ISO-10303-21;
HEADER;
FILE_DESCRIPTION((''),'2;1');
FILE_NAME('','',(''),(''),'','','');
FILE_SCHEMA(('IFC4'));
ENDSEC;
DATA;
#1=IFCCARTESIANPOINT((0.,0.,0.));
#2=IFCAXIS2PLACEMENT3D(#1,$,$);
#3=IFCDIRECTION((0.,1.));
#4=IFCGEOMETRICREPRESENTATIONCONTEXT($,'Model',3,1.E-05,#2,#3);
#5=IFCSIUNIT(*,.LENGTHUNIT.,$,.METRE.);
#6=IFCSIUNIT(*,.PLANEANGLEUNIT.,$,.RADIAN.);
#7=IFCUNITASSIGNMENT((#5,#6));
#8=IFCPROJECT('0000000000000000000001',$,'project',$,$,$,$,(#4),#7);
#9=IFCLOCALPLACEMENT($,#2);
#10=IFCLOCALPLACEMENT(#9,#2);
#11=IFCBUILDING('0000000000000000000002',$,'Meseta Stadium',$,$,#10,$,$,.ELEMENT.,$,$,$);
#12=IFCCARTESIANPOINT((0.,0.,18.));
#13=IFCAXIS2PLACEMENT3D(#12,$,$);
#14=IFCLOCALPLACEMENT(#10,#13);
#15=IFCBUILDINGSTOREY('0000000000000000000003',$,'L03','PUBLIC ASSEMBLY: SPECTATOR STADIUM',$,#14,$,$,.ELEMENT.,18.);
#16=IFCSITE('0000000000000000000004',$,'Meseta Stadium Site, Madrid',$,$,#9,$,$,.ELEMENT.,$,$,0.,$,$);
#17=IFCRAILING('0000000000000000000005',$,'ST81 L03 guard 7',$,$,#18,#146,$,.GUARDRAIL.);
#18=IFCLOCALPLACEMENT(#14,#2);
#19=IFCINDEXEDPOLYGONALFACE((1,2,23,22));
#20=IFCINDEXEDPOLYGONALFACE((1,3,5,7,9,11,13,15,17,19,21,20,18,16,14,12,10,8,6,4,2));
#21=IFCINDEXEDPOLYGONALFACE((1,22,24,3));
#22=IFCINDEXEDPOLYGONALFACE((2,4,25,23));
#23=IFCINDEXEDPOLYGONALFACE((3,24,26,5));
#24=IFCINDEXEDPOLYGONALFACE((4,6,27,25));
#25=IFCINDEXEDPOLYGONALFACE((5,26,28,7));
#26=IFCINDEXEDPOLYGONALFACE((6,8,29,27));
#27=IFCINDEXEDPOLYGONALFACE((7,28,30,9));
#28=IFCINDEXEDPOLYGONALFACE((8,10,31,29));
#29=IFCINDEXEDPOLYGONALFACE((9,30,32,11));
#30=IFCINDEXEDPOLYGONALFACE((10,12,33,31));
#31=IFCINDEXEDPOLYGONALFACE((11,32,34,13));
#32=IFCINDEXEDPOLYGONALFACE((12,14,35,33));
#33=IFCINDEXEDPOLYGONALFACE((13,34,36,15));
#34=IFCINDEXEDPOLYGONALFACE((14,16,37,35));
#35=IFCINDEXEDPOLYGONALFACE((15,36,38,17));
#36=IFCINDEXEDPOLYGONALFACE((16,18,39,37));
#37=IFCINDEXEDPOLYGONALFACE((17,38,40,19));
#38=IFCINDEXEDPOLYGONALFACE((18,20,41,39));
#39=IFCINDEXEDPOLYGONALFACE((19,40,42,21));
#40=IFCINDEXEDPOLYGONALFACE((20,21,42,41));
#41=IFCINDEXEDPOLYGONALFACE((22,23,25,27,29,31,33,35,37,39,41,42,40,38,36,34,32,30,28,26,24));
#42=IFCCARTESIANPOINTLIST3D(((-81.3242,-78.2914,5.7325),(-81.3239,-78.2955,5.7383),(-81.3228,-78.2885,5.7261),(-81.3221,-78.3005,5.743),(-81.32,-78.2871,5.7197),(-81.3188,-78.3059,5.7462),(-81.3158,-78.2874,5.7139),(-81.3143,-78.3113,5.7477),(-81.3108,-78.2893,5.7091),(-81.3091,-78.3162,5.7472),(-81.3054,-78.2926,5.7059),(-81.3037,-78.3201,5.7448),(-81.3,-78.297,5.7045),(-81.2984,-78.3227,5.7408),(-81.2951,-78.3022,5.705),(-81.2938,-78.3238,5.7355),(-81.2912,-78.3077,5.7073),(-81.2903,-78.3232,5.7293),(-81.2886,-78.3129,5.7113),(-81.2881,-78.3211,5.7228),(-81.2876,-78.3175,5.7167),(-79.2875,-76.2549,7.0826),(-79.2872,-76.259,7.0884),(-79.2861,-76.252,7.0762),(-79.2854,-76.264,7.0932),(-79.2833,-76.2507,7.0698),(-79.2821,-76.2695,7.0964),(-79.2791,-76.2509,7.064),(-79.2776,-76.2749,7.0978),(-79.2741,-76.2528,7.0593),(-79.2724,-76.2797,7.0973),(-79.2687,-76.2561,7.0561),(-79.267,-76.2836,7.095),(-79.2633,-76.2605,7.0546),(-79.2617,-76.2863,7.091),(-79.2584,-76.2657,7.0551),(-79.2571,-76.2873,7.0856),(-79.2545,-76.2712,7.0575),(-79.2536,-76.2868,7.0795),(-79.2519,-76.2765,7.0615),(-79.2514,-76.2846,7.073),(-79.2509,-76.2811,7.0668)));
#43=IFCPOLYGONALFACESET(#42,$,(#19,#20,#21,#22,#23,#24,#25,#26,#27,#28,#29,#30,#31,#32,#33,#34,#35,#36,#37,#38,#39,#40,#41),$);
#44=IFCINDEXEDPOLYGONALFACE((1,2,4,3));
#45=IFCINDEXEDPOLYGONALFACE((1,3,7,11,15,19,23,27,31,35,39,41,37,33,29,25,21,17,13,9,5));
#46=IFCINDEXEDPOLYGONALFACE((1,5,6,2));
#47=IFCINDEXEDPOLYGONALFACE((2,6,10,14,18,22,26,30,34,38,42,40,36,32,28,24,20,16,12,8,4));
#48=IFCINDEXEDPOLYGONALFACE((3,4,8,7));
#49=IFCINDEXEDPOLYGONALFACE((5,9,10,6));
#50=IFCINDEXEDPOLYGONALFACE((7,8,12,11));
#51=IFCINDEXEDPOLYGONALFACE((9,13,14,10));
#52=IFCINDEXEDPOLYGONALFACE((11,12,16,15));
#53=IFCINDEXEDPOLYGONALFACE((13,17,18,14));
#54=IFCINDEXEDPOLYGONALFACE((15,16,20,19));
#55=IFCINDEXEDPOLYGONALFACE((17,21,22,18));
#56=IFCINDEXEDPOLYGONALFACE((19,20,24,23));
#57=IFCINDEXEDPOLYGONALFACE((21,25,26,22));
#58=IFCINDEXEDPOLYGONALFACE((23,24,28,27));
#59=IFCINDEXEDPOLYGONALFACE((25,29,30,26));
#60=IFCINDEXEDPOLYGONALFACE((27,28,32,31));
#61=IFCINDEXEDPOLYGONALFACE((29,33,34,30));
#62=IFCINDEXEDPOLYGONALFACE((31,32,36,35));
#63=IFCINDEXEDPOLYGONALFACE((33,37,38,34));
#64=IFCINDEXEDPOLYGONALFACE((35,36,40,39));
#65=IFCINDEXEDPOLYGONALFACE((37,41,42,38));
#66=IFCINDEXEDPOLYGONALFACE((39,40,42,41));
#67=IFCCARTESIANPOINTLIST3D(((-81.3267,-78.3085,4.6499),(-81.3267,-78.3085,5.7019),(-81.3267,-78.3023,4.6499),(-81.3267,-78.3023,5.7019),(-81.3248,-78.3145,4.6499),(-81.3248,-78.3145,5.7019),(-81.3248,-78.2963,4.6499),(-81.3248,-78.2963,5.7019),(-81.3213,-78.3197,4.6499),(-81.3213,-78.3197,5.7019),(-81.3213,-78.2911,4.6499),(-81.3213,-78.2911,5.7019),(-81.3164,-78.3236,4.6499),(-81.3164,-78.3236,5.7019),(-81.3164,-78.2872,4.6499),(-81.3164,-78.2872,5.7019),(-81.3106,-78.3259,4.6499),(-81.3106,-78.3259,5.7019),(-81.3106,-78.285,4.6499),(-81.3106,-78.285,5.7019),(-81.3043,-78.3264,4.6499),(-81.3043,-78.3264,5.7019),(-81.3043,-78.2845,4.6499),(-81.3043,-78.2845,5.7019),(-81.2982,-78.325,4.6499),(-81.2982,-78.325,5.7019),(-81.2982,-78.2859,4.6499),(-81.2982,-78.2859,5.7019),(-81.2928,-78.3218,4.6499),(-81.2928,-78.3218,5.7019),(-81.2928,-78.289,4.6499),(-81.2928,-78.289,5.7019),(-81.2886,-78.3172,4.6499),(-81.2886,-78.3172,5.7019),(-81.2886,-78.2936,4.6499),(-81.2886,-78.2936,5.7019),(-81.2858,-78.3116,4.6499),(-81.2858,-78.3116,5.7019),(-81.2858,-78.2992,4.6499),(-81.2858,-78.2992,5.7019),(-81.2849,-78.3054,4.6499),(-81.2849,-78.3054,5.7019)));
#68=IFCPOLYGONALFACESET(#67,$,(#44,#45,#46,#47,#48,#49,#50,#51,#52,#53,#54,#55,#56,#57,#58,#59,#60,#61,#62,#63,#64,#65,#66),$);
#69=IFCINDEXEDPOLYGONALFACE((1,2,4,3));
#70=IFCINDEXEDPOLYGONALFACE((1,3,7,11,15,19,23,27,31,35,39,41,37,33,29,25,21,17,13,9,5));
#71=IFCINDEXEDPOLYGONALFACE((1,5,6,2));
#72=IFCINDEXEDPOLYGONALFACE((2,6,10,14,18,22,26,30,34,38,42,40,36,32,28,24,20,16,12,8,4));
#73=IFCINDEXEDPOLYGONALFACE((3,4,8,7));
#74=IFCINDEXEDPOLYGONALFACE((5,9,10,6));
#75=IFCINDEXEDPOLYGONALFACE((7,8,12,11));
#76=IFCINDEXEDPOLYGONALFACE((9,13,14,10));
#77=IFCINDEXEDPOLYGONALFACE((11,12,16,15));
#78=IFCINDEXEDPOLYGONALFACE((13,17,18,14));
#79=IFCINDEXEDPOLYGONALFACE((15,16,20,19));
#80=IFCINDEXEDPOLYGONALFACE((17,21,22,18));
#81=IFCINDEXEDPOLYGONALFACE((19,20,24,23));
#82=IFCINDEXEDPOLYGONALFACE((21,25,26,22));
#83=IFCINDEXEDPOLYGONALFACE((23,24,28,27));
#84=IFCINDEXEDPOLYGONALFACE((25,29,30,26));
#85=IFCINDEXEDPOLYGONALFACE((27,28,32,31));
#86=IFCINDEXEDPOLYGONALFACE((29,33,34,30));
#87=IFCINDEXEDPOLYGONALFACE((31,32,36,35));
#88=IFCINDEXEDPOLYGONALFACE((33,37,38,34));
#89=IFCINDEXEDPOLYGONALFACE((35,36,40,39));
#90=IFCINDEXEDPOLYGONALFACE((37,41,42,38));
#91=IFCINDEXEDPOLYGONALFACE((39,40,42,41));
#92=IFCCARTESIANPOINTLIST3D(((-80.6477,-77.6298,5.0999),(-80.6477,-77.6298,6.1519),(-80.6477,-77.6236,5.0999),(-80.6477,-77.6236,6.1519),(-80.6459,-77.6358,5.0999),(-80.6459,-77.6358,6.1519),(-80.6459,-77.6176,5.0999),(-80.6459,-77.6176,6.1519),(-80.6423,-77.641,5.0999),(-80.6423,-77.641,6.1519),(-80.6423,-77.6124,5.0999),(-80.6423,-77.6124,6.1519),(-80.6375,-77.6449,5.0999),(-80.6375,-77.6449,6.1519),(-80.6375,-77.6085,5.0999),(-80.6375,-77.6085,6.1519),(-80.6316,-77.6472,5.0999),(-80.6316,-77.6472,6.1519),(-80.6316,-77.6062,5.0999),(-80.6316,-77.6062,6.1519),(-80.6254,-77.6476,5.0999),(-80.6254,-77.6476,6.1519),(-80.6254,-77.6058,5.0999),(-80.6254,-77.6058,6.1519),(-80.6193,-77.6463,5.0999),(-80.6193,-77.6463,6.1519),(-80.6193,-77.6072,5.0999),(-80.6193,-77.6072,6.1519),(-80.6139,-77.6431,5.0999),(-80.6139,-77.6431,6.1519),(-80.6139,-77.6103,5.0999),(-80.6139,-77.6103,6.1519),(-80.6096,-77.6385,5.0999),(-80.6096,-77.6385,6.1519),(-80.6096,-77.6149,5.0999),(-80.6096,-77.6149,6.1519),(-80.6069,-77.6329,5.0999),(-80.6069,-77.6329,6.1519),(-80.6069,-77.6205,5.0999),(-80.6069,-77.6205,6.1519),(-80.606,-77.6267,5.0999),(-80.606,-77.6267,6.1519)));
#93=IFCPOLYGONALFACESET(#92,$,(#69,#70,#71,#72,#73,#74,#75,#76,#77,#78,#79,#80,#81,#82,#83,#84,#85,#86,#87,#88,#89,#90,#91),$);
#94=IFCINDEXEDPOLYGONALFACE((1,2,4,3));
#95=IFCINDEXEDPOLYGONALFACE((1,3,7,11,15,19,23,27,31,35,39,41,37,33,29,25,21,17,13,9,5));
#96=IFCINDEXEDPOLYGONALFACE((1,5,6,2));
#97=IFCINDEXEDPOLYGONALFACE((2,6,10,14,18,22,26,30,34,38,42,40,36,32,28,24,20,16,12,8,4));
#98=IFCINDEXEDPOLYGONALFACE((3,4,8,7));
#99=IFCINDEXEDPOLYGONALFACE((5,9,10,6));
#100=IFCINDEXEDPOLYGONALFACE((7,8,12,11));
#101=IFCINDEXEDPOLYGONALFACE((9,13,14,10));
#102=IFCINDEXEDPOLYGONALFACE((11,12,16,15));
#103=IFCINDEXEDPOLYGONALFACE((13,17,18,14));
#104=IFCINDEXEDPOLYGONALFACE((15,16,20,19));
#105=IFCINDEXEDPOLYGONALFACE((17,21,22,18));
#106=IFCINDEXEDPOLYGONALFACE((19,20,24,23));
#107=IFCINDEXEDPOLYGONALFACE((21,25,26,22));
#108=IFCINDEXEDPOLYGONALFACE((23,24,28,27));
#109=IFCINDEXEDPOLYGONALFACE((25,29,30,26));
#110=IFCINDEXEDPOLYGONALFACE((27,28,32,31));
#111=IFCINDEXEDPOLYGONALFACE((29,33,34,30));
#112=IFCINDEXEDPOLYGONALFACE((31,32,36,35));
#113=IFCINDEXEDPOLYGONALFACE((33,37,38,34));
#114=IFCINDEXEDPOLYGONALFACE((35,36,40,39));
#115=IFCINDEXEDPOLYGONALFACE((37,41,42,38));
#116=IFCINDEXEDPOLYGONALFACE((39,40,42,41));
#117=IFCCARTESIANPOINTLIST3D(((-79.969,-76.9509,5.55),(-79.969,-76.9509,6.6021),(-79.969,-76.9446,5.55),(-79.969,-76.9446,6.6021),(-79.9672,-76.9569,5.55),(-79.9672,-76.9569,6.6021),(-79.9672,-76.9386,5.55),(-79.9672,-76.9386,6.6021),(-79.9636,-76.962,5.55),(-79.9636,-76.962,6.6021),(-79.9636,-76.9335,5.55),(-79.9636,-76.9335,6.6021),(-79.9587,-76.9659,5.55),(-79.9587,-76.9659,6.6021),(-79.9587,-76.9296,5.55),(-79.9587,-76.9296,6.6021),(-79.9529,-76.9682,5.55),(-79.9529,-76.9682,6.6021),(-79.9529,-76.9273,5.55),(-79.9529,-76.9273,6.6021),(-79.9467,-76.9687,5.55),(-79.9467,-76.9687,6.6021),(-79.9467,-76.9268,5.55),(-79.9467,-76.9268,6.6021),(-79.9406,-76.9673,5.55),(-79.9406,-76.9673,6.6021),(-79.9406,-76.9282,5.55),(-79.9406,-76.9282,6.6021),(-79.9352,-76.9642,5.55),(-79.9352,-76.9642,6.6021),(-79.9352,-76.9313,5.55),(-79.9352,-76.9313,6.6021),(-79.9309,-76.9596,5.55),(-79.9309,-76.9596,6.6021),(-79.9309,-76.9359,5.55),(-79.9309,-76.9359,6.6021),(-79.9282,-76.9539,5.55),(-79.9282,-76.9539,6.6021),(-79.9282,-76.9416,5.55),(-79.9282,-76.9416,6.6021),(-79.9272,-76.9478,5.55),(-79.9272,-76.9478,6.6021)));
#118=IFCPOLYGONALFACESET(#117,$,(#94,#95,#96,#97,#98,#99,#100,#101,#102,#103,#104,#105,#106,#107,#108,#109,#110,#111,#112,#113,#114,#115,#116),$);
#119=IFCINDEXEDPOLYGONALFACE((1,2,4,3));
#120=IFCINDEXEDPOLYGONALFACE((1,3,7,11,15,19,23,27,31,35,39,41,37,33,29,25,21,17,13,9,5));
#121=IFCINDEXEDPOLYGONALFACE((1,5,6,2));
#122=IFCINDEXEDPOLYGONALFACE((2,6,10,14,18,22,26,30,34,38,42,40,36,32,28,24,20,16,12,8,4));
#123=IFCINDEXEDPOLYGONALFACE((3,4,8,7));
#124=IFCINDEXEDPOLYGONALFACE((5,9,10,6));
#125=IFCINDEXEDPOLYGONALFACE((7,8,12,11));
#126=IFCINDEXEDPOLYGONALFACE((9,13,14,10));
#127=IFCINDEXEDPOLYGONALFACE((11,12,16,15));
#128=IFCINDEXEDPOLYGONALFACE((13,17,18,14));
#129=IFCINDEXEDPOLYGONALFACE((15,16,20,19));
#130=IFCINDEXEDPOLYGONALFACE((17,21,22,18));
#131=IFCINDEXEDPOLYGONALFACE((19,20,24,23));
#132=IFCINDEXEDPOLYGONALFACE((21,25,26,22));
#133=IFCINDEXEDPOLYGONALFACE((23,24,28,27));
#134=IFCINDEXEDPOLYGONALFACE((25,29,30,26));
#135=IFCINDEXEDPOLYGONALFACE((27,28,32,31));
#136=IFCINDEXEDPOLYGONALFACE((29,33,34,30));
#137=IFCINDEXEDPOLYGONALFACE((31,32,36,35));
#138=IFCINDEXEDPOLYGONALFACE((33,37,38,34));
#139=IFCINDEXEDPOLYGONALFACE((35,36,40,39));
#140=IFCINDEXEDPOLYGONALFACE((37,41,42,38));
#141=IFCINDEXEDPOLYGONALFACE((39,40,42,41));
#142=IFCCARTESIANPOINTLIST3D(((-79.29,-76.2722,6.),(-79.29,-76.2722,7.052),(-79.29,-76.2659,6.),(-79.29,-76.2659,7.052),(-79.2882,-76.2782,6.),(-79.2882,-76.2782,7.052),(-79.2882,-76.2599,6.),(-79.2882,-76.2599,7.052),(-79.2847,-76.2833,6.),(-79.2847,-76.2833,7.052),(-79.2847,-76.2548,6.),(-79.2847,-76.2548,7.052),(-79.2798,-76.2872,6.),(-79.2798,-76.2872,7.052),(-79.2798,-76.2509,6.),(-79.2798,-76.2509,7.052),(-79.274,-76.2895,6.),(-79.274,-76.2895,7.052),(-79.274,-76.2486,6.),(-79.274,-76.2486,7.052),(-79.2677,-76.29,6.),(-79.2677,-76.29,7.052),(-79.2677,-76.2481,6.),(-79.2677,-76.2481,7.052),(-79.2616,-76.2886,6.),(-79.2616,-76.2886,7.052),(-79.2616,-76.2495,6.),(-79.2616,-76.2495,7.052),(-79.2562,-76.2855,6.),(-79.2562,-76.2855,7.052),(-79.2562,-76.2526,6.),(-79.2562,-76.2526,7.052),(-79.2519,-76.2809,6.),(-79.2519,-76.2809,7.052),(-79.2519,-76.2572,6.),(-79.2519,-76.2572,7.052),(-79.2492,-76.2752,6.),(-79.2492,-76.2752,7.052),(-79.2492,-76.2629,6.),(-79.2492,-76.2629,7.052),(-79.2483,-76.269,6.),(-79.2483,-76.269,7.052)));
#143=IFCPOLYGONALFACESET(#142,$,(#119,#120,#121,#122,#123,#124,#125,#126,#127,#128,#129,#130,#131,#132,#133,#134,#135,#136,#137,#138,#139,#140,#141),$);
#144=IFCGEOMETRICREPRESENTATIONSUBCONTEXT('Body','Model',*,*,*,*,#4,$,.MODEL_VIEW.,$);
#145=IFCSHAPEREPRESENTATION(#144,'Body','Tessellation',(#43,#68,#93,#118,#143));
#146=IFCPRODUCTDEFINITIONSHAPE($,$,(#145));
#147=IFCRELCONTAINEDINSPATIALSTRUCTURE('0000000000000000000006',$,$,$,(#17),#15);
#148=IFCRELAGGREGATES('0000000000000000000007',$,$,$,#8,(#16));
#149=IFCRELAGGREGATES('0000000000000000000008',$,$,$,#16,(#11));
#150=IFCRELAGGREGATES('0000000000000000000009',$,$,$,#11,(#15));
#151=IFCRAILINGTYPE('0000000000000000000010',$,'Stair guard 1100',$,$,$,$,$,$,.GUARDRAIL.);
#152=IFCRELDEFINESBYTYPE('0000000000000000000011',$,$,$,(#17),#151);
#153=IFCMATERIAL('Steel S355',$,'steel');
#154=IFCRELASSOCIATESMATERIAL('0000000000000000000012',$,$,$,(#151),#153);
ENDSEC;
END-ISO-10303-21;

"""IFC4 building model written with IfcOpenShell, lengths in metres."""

from ifc_helpers import new_model, si_unit, direction, frame, origin, origin_2d, place, context, subcontext, project, spatial, circle, extrude, material, type_object, element, save


model = new_model("IFC4")

# Units and contexts
model_context = context("Model", 3, precision=1e-05, world=origin(), true_north=direction((0.0, 1.0)))
body_context = subcontext(model_context, "Body", "Model", "MODEL_VIEW")
ifc_project = project(units=[si_unit("LENGTHUNIT", "METRE"), si_unit("PLANEANGLEUNIT", "RADIAN")], contexts=[model_context])

# Site, building, storey
site_placement = place(None, origin())
site = spatial("IfcSite", under=ifc_project, at=site_placement, Name="Meseta Stadium Site, Madrid", CompositionType="ELEMENT", RefElevation=0.0)
building_placement = place(site_placement, origin())
building = spatial("IfcBuilding", under=site, at=building_placement, Name="Meseta Stadium", CompositionType="ELEMENT")
storey_placement = place(building_placement, frame((0.0, 0.0, 18.0)))
storey = spatial("IfcBuildingStorey", under=building, at=storey_placement, Name="L03", Description="PUBLIC ASSEMBLY: SPECTATOR STADIUM", CompositionType="ELEMENT", Elevation=18.0)

# Railing
ifc_material_1 = material(Name="Steel S355", Category="steel")
railing_type_1 = type_object("IfcRailingType", Name="Stair guard 1100", PredefinedType="GUARDRAIL", material=ifc_material_1)
for number, where, name in (
    (1, (-81.3059, -78.3054, 4.6499), "ST81 L03 guard 7"),
):
    element("IfcRailing", number, at=place(storey_placement, frame(where)), inside=storey, type_object=railing_type_1, Name=name, PredefinedType="GUARDRAIL", context=body_context, shape_type="SweptSolid", body=[
        extrude(circle(Radius=0.0239, at=origin_2d()), frame((0.0, 0.0, 1.0762), z_axis=(0.640288, 0.640211, 0.424454), x_axis=(-0.707064, 0.707149, 0.0)), (0.0, 0.0, 1.0), 3.1809),
        extrude(circle(Radius=0.021, at=origin_2d()), origin(), (0.0, 0.0, 1.0), 1.052),
        extrude(circle(Radius=0.021, at=origin_2d()), frame((0.679, 0.6787, 0.45)), (0.0, 0.0, 1.0), 1.052),
        extrude(circle(Radius=0.021, at=origin_2d()), frame((1.3577, 1.3577, 0.9001)), (0.0, 0.0, 1.0), 1.052),
        extrude(circle(Radius=0.021, at=origin_2d()), frame((2.0366, 2.0364, 1.3501)), (0.0, 0.0, 1.0), 1.052),
    ])

save(model, "model.ifc")
